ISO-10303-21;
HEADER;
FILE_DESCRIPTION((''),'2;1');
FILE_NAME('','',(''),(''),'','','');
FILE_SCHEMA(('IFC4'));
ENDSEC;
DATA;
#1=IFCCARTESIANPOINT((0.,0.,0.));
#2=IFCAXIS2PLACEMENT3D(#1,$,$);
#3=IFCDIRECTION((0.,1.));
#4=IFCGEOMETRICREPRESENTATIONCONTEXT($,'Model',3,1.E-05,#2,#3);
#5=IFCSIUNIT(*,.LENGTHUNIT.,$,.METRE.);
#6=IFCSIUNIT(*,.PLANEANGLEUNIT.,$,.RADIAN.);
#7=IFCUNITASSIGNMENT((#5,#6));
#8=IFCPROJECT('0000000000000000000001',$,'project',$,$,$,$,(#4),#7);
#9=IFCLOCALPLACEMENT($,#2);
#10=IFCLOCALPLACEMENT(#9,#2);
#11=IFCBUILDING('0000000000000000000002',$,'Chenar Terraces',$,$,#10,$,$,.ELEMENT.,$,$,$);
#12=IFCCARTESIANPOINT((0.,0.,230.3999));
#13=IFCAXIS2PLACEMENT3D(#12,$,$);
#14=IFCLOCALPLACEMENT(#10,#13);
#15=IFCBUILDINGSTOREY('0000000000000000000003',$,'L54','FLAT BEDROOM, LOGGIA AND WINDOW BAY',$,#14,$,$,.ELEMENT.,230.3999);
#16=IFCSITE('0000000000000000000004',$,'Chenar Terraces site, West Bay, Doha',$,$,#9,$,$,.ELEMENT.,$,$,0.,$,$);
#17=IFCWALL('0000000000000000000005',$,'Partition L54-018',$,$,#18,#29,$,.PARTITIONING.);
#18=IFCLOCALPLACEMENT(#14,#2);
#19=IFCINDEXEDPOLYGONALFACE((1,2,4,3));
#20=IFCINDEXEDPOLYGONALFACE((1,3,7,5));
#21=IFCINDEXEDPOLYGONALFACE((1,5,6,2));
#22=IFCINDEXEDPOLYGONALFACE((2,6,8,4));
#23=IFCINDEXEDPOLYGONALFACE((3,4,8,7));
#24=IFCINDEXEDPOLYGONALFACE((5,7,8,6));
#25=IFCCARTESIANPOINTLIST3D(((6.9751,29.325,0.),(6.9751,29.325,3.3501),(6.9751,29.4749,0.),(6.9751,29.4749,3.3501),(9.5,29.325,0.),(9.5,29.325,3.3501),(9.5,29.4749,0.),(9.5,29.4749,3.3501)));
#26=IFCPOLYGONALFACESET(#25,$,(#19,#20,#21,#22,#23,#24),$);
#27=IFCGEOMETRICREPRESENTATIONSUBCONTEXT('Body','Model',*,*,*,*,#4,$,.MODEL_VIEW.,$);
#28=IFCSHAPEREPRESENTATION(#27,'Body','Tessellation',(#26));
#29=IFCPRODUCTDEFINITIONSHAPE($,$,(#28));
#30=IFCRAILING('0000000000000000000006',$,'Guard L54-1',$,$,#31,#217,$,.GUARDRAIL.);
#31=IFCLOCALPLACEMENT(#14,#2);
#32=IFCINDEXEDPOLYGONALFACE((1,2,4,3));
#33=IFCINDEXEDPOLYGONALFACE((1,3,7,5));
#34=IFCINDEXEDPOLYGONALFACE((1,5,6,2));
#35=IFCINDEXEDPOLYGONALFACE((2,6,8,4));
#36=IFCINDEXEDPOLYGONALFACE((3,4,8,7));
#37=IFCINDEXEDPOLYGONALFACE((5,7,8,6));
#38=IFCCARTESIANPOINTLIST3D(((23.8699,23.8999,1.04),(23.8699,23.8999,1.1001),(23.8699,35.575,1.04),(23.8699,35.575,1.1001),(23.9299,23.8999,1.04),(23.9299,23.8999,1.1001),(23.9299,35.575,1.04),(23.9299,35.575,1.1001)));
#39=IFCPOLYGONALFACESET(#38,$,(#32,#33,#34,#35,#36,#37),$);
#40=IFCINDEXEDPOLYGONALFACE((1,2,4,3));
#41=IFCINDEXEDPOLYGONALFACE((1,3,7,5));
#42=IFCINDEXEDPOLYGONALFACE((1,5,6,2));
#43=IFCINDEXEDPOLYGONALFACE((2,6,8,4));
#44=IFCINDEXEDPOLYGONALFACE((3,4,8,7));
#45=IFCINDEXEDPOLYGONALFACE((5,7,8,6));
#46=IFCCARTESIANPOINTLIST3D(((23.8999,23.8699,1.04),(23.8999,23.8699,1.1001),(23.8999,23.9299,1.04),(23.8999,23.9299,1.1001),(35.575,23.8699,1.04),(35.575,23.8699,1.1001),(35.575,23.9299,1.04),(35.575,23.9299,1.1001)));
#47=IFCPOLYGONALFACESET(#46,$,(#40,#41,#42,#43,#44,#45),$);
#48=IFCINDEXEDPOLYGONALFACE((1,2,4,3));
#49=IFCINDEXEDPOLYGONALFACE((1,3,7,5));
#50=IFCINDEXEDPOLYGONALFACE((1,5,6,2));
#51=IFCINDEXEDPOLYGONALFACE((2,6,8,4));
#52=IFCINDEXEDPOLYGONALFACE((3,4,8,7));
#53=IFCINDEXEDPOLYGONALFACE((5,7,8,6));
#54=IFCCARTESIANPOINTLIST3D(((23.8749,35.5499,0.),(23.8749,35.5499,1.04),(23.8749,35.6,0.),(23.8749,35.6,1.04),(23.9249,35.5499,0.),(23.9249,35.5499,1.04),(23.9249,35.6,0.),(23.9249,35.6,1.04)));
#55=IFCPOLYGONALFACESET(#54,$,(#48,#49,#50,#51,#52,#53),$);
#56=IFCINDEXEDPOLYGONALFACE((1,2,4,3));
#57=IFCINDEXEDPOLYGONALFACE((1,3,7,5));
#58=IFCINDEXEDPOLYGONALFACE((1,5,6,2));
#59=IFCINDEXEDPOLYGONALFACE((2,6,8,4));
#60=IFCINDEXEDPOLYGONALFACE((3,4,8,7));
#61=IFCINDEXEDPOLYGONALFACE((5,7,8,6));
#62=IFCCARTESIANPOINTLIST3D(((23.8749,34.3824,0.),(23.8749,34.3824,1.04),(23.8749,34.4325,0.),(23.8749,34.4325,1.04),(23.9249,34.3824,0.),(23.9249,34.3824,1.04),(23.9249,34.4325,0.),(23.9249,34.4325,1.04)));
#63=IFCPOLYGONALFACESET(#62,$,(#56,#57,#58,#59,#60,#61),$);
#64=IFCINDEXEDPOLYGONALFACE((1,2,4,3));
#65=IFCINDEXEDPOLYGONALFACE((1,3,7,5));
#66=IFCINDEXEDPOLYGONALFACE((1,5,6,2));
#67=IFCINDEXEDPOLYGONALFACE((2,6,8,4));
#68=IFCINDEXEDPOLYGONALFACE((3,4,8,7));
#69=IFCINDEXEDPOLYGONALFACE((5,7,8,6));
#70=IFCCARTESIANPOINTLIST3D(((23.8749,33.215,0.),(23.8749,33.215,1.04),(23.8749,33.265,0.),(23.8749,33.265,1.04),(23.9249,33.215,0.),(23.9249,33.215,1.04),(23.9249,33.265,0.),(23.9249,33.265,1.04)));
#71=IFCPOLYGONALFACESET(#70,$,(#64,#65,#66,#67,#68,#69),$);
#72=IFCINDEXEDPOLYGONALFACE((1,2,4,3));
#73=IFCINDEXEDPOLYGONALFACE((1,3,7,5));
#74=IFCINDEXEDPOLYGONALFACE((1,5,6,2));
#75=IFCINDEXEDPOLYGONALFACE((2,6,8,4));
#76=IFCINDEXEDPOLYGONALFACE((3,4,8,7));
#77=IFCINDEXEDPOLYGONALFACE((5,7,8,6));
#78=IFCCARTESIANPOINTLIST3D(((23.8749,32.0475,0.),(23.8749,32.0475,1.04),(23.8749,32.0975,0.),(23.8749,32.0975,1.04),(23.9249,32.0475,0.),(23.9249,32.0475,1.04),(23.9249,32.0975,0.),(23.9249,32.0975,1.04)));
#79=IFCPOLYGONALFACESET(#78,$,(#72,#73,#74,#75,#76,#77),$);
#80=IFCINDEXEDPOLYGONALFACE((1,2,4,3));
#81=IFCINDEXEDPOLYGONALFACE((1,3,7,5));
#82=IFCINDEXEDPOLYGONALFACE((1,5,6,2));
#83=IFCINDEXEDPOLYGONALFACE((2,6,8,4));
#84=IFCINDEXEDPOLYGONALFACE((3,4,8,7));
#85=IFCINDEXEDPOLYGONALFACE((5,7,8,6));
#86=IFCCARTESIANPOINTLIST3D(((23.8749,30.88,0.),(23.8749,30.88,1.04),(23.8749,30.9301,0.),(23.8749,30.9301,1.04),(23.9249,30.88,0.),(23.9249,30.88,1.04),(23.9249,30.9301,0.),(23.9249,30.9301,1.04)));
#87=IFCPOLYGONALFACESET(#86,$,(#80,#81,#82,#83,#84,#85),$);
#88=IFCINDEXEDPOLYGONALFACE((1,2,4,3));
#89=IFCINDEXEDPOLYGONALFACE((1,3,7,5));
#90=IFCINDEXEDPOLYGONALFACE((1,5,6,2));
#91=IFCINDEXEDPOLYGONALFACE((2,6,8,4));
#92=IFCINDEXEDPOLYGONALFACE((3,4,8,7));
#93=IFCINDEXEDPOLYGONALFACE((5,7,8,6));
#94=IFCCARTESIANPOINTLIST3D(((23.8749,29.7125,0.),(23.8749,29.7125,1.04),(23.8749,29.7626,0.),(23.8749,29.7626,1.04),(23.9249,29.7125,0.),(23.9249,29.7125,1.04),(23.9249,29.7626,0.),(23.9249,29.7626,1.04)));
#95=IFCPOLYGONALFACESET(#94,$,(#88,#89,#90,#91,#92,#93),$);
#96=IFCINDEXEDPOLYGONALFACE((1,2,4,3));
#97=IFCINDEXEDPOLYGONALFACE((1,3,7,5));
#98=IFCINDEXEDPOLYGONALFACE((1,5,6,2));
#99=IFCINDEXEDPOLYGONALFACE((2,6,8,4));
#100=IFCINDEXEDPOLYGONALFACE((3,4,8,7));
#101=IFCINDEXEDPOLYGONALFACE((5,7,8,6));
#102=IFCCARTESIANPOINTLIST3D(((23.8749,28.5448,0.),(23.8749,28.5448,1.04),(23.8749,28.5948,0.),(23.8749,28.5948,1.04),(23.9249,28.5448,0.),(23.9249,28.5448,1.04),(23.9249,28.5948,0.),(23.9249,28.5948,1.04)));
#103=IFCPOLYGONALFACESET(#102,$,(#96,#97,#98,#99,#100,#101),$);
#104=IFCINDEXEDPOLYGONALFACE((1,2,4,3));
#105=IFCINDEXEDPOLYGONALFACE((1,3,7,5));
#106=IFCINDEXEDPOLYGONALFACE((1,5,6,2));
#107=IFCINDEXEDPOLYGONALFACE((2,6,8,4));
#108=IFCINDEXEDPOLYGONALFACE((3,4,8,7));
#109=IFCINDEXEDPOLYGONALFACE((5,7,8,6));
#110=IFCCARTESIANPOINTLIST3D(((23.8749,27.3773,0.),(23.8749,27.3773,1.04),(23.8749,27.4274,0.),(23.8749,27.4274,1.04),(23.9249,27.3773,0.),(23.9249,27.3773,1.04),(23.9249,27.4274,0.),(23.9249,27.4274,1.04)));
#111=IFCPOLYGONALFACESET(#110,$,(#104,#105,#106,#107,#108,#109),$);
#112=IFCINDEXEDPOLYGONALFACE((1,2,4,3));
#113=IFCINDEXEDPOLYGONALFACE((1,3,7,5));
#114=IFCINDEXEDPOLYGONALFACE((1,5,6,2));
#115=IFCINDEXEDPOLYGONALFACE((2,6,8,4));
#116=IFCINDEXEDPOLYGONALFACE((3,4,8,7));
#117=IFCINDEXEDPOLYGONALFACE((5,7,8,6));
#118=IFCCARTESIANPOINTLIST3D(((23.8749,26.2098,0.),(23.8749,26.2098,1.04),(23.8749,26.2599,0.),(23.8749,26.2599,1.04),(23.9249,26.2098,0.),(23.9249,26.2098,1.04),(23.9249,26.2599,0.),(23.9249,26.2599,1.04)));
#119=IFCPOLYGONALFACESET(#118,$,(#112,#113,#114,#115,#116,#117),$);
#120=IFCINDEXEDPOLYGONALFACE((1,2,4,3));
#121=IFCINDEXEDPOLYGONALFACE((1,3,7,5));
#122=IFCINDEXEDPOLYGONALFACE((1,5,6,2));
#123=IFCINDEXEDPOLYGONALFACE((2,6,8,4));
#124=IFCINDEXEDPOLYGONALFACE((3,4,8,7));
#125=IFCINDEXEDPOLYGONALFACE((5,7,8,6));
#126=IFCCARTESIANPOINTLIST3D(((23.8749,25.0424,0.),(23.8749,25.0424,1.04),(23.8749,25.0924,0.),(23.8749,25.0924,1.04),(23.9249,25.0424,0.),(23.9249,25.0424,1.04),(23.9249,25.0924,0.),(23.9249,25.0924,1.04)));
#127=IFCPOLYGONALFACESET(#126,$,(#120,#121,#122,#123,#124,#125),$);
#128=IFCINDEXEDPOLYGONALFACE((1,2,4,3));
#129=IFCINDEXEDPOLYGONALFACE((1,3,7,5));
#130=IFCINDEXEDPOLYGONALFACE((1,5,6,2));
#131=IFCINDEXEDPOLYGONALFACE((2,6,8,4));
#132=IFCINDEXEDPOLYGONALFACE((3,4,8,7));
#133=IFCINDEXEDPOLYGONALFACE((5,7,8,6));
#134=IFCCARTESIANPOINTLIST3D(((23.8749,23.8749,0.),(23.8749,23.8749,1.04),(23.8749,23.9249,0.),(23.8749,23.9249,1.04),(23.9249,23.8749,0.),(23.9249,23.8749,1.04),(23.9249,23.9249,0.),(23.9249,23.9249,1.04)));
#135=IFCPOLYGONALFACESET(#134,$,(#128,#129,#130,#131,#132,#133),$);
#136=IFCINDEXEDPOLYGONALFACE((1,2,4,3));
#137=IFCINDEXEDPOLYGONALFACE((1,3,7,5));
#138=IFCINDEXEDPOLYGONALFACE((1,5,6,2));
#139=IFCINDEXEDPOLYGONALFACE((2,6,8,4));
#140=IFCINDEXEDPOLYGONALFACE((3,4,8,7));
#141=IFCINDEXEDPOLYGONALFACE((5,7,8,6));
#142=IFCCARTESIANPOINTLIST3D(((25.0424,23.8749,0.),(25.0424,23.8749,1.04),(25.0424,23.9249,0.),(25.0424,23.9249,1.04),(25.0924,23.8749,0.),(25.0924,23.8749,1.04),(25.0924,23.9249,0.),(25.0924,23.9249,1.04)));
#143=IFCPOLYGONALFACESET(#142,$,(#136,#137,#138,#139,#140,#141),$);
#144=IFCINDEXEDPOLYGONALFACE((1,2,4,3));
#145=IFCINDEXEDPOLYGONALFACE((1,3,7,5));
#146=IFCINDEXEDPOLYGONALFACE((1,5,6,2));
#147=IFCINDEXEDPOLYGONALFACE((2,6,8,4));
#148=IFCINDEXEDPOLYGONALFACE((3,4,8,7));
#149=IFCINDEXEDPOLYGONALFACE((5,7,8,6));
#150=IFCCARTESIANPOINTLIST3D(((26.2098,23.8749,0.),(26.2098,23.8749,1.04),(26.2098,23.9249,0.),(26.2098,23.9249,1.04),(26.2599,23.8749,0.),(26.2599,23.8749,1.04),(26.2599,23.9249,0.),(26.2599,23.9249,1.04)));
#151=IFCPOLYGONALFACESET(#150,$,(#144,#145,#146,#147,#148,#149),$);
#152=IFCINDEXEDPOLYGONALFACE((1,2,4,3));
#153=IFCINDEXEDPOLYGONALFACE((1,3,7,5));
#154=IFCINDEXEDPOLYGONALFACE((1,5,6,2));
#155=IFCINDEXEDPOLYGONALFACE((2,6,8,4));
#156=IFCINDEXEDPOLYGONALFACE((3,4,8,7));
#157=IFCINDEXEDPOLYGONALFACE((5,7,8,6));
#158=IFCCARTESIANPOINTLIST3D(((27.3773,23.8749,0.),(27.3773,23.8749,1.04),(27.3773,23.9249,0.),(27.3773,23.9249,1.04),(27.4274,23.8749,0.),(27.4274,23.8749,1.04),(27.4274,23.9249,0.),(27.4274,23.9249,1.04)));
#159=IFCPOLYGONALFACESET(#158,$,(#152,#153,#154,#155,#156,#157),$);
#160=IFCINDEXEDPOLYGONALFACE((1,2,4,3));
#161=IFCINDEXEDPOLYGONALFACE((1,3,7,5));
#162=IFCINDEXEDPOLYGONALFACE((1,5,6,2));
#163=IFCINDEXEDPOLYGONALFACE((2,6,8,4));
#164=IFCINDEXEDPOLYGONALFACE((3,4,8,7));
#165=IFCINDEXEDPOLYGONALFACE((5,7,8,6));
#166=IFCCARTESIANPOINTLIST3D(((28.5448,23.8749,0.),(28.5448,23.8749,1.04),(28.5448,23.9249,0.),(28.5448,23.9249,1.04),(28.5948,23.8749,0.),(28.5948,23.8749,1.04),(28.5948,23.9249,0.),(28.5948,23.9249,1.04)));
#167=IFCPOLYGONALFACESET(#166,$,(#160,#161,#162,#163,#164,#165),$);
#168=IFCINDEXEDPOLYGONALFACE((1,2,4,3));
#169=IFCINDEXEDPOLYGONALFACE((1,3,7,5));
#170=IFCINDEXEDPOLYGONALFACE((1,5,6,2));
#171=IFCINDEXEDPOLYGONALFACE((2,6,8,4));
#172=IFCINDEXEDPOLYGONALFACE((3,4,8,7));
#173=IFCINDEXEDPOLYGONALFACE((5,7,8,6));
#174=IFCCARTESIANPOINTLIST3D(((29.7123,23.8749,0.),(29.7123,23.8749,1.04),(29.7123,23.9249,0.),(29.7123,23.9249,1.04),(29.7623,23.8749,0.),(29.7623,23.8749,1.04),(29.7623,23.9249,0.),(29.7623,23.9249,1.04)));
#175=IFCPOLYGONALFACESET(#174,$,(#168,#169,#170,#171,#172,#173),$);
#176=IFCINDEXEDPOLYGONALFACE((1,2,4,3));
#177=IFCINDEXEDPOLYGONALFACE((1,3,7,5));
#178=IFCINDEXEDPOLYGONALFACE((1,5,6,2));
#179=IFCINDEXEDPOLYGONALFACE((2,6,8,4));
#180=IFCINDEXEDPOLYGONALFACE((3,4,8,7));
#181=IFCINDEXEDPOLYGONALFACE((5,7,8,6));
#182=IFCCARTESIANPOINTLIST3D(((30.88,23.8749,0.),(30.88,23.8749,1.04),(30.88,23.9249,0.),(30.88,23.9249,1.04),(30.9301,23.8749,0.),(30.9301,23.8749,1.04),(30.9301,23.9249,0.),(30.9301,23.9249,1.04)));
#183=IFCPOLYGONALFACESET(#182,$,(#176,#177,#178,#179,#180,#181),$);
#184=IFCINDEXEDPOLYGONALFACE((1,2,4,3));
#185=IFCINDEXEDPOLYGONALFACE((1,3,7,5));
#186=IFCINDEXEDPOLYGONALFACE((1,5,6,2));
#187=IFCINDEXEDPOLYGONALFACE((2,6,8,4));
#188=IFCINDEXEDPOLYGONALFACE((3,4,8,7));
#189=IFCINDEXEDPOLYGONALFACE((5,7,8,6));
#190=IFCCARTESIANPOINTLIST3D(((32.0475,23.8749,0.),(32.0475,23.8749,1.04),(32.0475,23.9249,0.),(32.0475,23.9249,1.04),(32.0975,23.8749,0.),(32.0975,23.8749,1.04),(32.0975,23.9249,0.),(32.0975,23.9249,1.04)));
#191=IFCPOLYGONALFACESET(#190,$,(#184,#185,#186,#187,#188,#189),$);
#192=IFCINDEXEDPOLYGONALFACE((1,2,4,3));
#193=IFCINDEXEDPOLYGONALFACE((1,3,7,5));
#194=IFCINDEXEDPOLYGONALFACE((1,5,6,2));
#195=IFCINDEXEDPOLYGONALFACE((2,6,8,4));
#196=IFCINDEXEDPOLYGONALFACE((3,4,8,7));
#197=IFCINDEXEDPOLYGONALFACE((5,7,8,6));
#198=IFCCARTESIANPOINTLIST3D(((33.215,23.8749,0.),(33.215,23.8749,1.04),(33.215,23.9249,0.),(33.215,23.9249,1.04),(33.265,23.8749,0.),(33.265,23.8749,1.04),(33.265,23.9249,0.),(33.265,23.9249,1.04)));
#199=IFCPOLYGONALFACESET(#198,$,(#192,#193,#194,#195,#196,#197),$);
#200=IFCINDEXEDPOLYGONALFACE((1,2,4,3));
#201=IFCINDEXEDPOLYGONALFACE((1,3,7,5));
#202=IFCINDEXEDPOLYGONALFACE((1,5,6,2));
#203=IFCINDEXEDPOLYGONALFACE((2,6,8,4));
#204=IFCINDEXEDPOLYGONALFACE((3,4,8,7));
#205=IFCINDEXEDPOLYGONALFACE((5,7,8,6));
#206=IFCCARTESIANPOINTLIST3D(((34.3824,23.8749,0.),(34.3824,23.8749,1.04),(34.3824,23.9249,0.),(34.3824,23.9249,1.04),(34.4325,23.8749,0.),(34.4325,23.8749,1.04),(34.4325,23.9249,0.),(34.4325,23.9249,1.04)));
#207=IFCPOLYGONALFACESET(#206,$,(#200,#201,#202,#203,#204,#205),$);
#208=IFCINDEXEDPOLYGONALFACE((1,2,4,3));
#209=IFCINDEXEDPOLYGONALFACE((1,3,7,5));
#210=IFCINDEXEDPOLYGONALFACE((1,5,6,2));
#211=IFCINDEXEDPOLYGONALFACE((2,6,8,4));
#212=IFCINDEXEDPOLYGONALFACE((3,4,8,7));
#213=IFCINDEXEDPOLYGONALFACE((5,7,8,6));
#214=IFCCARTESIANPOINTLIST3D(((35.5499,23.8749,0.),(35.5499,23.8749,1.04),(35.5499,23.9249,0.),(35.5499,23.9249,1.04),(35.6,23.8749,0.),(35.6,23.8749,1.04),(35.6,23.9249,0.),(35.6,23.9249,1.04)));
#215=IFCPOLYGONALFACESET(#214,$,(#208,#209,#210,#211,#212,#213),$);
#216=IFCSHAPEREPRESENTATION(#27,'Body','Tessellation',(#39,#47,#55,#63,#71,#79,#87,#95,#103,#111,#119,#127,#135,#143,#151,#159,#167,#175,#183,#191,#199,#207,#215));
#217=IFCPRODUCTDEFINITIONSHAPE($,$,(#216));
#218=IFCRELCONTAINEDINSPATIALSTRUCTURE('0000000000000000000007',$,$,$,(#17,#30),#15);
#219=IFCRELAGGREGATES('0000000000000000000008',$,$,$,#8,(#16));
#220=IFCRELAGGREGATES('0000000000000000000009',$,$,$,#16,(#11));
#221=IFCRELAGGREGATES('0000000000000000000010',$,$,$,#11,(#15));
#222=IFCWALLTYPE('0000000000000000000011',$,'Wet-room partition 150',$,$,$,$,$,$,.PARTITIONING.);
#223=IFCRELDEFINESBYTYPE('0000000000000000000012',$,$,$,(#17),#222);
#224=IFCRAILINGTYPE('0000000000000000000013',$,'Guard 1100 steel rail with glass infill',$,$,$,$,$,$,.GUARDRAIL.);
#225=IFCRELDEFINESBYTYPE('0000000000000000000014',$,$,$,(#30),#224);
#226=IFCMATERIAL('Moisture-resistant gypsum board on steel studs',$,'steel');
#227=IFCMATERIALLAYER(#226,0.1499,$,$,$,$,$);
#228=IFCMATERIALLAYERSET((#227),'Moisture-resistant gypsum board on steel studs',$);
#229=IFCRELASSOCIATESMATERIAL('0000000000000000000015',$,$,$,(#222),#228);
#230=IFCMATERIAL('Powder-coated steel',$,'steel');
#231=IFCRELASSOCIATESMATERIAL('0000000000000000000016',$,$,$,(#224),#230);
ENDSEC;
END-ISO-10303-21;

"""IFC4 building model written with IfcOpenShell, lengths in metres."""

from ifc_helpers import new_model, si_unit, direction, frame, frame_2d, origin, origin_2d, place, context, subcontext, project, spatial, rectangle, extrude, material, layer, layer_set, type_object, element, save


model = new_model("IFC4")

# Units and contexts
model_context = context("Model", 3, precision=1e-05, world=origin(), true_north=direction((0.0, 1.0)))
body_context = subcontext(model_context, "Body", "Model", "MODEL_VIEW")
ifc_project = project(units=[si_unit("LENGTHUNIT", "METRE"), si_unit("PLANEANGLEUNIT", "RADIAN")], contexts=[model_context])

# Site, building, storey
site_placement = place(None, origin())
site = spatial("IfcSite", under=ifc_project, at=site_placement, Name="Chenar Terraces site, West Bay, Doha", CompositionType="ELEMENT", RefElevation=0.0)
building_placement = place(site_placement, origin())
building = spatial("IfcBuilding", under=site, at=building_placement, Name="Chenar Terraces", CompositionType="ELEMENT")
storey_placement = place(building_placement, frame((0.0, 0.0, 230.3999)))
storey = spatial("IfcBuildingStorey", under=building, at=storey_placement, Name="L54", Description="FLAT BEDROOM, LOGGIA AND WINDOW BAY", CompositionType="ELEMENT", Elevation=230.3999)

# Wall
ifc_material_1 = material(Name="Moisture-resistant gypsum board on steel studs", Category="steel")
ifc_layer_1 = layer(ifc_material_1, 0.1499)
ifc_layer_set_1 = layer_set([ifc_layer_1], Name="Moisture-resistant gypsum board on steel studs")
wall_type_1 = type_object("IfcWallType", Name="Wet-room partition 150", PredefinedType="PARTITIONING", material=ifc_layer_set_1)
wall_1_placement = place(storey_placement, frame((6.9751, 29.3999, 0.0), z_axis=(0.0, 0.0, 1.0), x_axis=(1.0, 0.0, 0.0)))
element("IfcWall", 1, at=wall_1_placement, inside=storey, type_object=wall_type_1, Name="Partition L54-018", PredefinedType="PARTITIONING", context=body_context, shape_type="SweptSolid", body=[
    extrude(rectangle(XDim=2.5249, YDim=0.1499, at=frame_2d((1.2625, 0.0))), origin(), (0.0, 0.0, 1.0), 3.3501),
])

# Railing
ifc_material_2 = material(Name="Powder-coated steel", Category="steel")
railing_type = type_object("IfcRailingType", Name="Guard 1100 steel rail with glass infill", PredefinedType="GUARDRAIL", material=ifc_material_2)
railing_placement = place(storey_placement, frame((23.8999, 35.575, 0.0)))
element("IfcRailing", 2, at=railing_placement, inside=storey, type_object=railing_type, Name="Guard L54-1", PredefinedType="GUARDRAIL", context=body_context, shape_type="SweptSolid", body=[
    extrude(rectangle(XDim=0.0601, YDim=0.0601, at=origin_2d()), frame((0.0, 0.0, 1.0701), z_axis=(0.0, -1.0, 0.0), x_axis=(1.0, 0.0, 0.0)), (0.0, 0.0, 1.0), 11.675),
    extrude(rectangle(XDim=0.0601, YDim=0.0601, at=origin_2d()), frame((0.0, -11.675, 1.0701), z_axis=(1.0, 0.0, 0.0), x_axis=(0.0, 1.0, 0.0)), (0.0, 0.0, 1.0), 11.675),
    extrude(rectangle(XDim=0.05, YDim=0.05, at=origin_2d()), origin(), (0.0, 0.0, 1.0), 1.04),
    extrude(rectangle(XDim=0.05, YDim=0.05, at=origin_2d()), frame((0.0, -1.1675, 0.0)), (0.0, 0.0, 1.0), 1.04),
    extrude(rectangle(XDim=0.05, YDim=0.05, at=origin_2d()), frame((0.0, -2.335, 0.0)), (0.0, 0.0, 1.0), 1.04),
    extrude(rectangle(XDim=0.05, YDim=0.05, at=origin_2d()), frame((0.0, -3.5024, 0.0)), (0.0, 0.0, 1.0), 1.04),
    extrude(rectangle(XDim=0.05, YDim=0.05, at=origin_2d()), frame((0.0, -4.6699, 0.0)), (0.0, 0.0, 1.0), 1.04),
    extrude(rectangle(XDim=0.05, YDim=0.05, at=origin_2d()), frame((0.0, -5.8374, 0.0)), (0.0, 0.0, 1.0), 1.04),
    extrude(rectangle(XDim=0.05, YDim=0.05, at=origin_2d()), frame((0.0, -7.0051, 0.0)), (0.0, 0.0, 1.0), 1.04),
    extrude(rectangle(XDim=0.05, YDim=0.05, at=origin_2d()), frame((0.0, -8.1726, 0.0)), (0.0, 0.0, 1.0), 1.04),
    extrude(rectangle(XDim=0.05, YDim=0.05, at=origin_2d()), frame((0.0, -9.3401, 0.0)), (0.0, 0.0, 1.0), 1.04),
    extrude(rectangle(XDim=0.05, YDim=0.05, at=origin_2d()), frame((0.0, -10.5076, 0.0)), (0.0, 0.0, 1.0), 1.04),
    extrude(rectangle(XDim=0.05, YDim=0.05, at=origin_2d()), frame((0.0, -11.675, 0.0)), (0.0, 0.0, 1.0), 1.04),
    extrude(rectangle(XDim=0.05, YDim=0.05, at=origin_2d()), frame((1.1675, -11.675, 0.0)), (0.0, 0.0, 1.0), 1.04),
    extrude(rectangle(XDim=0.05, YDim=0.05, at=origin_2d()), frame((2.335, -11.675, 0.0)), (0.0, 0.0, 1.0), 1.04),
    extrude(rectangle(XDim=0.05, YDim=0.05, at=origin_2d()), frame((3.5024, -11.675, 0.0)), (0.0, 0.0, 1.0), 1.04),
    extrude(rectangle(XDim=0.05, YDim=0.05, at=origin_2d()), frame((4.6699, -11.675, 0.0)), (0.0, 0.0, 1.0), 1.04),
    extrude(rectangle(XDim=0.05, YDim=0.05, at=origin_2d()), frame((5.8374, -11.675, 0.0)), (0.0, 0.0, 1.0), 1.04),
    extrude(rectangle(XDim=0.05, YDim=0.05, at=origin_2d()), frame((7.0051, -11.675, 0.0)), (0.0, 0.0, 1.0), 1.04),
    extrude(rectangle(XDim=0.05, YDim=0.05, at=origin_2d()), frame((8.1726, -11.675, 0.0)), (0.0, 0.0, 1.0), 1.04),
    extrude(rectangle(XDim=0.05, YDim=0.05, at=origin_2d()), frame((9.3401, -11.675, 0.0)), (0.0, 0.0, 1.0), 1.04),
    extrude(rectangle(XDim=0.05, YDim=0.05, at=origin_2d()), frame((10.5076, -11.675, 0.0)), (0.0, 0.0, 1.0), 1.04),
    extrude(rectangle(XDim=0.05, YDim=0.05, at=origin_2d()), frame((11.675, -11.675, 0.0)), (0.0, 0.0, 1.0), 1.04),
])

save(model, "model.ifc")
